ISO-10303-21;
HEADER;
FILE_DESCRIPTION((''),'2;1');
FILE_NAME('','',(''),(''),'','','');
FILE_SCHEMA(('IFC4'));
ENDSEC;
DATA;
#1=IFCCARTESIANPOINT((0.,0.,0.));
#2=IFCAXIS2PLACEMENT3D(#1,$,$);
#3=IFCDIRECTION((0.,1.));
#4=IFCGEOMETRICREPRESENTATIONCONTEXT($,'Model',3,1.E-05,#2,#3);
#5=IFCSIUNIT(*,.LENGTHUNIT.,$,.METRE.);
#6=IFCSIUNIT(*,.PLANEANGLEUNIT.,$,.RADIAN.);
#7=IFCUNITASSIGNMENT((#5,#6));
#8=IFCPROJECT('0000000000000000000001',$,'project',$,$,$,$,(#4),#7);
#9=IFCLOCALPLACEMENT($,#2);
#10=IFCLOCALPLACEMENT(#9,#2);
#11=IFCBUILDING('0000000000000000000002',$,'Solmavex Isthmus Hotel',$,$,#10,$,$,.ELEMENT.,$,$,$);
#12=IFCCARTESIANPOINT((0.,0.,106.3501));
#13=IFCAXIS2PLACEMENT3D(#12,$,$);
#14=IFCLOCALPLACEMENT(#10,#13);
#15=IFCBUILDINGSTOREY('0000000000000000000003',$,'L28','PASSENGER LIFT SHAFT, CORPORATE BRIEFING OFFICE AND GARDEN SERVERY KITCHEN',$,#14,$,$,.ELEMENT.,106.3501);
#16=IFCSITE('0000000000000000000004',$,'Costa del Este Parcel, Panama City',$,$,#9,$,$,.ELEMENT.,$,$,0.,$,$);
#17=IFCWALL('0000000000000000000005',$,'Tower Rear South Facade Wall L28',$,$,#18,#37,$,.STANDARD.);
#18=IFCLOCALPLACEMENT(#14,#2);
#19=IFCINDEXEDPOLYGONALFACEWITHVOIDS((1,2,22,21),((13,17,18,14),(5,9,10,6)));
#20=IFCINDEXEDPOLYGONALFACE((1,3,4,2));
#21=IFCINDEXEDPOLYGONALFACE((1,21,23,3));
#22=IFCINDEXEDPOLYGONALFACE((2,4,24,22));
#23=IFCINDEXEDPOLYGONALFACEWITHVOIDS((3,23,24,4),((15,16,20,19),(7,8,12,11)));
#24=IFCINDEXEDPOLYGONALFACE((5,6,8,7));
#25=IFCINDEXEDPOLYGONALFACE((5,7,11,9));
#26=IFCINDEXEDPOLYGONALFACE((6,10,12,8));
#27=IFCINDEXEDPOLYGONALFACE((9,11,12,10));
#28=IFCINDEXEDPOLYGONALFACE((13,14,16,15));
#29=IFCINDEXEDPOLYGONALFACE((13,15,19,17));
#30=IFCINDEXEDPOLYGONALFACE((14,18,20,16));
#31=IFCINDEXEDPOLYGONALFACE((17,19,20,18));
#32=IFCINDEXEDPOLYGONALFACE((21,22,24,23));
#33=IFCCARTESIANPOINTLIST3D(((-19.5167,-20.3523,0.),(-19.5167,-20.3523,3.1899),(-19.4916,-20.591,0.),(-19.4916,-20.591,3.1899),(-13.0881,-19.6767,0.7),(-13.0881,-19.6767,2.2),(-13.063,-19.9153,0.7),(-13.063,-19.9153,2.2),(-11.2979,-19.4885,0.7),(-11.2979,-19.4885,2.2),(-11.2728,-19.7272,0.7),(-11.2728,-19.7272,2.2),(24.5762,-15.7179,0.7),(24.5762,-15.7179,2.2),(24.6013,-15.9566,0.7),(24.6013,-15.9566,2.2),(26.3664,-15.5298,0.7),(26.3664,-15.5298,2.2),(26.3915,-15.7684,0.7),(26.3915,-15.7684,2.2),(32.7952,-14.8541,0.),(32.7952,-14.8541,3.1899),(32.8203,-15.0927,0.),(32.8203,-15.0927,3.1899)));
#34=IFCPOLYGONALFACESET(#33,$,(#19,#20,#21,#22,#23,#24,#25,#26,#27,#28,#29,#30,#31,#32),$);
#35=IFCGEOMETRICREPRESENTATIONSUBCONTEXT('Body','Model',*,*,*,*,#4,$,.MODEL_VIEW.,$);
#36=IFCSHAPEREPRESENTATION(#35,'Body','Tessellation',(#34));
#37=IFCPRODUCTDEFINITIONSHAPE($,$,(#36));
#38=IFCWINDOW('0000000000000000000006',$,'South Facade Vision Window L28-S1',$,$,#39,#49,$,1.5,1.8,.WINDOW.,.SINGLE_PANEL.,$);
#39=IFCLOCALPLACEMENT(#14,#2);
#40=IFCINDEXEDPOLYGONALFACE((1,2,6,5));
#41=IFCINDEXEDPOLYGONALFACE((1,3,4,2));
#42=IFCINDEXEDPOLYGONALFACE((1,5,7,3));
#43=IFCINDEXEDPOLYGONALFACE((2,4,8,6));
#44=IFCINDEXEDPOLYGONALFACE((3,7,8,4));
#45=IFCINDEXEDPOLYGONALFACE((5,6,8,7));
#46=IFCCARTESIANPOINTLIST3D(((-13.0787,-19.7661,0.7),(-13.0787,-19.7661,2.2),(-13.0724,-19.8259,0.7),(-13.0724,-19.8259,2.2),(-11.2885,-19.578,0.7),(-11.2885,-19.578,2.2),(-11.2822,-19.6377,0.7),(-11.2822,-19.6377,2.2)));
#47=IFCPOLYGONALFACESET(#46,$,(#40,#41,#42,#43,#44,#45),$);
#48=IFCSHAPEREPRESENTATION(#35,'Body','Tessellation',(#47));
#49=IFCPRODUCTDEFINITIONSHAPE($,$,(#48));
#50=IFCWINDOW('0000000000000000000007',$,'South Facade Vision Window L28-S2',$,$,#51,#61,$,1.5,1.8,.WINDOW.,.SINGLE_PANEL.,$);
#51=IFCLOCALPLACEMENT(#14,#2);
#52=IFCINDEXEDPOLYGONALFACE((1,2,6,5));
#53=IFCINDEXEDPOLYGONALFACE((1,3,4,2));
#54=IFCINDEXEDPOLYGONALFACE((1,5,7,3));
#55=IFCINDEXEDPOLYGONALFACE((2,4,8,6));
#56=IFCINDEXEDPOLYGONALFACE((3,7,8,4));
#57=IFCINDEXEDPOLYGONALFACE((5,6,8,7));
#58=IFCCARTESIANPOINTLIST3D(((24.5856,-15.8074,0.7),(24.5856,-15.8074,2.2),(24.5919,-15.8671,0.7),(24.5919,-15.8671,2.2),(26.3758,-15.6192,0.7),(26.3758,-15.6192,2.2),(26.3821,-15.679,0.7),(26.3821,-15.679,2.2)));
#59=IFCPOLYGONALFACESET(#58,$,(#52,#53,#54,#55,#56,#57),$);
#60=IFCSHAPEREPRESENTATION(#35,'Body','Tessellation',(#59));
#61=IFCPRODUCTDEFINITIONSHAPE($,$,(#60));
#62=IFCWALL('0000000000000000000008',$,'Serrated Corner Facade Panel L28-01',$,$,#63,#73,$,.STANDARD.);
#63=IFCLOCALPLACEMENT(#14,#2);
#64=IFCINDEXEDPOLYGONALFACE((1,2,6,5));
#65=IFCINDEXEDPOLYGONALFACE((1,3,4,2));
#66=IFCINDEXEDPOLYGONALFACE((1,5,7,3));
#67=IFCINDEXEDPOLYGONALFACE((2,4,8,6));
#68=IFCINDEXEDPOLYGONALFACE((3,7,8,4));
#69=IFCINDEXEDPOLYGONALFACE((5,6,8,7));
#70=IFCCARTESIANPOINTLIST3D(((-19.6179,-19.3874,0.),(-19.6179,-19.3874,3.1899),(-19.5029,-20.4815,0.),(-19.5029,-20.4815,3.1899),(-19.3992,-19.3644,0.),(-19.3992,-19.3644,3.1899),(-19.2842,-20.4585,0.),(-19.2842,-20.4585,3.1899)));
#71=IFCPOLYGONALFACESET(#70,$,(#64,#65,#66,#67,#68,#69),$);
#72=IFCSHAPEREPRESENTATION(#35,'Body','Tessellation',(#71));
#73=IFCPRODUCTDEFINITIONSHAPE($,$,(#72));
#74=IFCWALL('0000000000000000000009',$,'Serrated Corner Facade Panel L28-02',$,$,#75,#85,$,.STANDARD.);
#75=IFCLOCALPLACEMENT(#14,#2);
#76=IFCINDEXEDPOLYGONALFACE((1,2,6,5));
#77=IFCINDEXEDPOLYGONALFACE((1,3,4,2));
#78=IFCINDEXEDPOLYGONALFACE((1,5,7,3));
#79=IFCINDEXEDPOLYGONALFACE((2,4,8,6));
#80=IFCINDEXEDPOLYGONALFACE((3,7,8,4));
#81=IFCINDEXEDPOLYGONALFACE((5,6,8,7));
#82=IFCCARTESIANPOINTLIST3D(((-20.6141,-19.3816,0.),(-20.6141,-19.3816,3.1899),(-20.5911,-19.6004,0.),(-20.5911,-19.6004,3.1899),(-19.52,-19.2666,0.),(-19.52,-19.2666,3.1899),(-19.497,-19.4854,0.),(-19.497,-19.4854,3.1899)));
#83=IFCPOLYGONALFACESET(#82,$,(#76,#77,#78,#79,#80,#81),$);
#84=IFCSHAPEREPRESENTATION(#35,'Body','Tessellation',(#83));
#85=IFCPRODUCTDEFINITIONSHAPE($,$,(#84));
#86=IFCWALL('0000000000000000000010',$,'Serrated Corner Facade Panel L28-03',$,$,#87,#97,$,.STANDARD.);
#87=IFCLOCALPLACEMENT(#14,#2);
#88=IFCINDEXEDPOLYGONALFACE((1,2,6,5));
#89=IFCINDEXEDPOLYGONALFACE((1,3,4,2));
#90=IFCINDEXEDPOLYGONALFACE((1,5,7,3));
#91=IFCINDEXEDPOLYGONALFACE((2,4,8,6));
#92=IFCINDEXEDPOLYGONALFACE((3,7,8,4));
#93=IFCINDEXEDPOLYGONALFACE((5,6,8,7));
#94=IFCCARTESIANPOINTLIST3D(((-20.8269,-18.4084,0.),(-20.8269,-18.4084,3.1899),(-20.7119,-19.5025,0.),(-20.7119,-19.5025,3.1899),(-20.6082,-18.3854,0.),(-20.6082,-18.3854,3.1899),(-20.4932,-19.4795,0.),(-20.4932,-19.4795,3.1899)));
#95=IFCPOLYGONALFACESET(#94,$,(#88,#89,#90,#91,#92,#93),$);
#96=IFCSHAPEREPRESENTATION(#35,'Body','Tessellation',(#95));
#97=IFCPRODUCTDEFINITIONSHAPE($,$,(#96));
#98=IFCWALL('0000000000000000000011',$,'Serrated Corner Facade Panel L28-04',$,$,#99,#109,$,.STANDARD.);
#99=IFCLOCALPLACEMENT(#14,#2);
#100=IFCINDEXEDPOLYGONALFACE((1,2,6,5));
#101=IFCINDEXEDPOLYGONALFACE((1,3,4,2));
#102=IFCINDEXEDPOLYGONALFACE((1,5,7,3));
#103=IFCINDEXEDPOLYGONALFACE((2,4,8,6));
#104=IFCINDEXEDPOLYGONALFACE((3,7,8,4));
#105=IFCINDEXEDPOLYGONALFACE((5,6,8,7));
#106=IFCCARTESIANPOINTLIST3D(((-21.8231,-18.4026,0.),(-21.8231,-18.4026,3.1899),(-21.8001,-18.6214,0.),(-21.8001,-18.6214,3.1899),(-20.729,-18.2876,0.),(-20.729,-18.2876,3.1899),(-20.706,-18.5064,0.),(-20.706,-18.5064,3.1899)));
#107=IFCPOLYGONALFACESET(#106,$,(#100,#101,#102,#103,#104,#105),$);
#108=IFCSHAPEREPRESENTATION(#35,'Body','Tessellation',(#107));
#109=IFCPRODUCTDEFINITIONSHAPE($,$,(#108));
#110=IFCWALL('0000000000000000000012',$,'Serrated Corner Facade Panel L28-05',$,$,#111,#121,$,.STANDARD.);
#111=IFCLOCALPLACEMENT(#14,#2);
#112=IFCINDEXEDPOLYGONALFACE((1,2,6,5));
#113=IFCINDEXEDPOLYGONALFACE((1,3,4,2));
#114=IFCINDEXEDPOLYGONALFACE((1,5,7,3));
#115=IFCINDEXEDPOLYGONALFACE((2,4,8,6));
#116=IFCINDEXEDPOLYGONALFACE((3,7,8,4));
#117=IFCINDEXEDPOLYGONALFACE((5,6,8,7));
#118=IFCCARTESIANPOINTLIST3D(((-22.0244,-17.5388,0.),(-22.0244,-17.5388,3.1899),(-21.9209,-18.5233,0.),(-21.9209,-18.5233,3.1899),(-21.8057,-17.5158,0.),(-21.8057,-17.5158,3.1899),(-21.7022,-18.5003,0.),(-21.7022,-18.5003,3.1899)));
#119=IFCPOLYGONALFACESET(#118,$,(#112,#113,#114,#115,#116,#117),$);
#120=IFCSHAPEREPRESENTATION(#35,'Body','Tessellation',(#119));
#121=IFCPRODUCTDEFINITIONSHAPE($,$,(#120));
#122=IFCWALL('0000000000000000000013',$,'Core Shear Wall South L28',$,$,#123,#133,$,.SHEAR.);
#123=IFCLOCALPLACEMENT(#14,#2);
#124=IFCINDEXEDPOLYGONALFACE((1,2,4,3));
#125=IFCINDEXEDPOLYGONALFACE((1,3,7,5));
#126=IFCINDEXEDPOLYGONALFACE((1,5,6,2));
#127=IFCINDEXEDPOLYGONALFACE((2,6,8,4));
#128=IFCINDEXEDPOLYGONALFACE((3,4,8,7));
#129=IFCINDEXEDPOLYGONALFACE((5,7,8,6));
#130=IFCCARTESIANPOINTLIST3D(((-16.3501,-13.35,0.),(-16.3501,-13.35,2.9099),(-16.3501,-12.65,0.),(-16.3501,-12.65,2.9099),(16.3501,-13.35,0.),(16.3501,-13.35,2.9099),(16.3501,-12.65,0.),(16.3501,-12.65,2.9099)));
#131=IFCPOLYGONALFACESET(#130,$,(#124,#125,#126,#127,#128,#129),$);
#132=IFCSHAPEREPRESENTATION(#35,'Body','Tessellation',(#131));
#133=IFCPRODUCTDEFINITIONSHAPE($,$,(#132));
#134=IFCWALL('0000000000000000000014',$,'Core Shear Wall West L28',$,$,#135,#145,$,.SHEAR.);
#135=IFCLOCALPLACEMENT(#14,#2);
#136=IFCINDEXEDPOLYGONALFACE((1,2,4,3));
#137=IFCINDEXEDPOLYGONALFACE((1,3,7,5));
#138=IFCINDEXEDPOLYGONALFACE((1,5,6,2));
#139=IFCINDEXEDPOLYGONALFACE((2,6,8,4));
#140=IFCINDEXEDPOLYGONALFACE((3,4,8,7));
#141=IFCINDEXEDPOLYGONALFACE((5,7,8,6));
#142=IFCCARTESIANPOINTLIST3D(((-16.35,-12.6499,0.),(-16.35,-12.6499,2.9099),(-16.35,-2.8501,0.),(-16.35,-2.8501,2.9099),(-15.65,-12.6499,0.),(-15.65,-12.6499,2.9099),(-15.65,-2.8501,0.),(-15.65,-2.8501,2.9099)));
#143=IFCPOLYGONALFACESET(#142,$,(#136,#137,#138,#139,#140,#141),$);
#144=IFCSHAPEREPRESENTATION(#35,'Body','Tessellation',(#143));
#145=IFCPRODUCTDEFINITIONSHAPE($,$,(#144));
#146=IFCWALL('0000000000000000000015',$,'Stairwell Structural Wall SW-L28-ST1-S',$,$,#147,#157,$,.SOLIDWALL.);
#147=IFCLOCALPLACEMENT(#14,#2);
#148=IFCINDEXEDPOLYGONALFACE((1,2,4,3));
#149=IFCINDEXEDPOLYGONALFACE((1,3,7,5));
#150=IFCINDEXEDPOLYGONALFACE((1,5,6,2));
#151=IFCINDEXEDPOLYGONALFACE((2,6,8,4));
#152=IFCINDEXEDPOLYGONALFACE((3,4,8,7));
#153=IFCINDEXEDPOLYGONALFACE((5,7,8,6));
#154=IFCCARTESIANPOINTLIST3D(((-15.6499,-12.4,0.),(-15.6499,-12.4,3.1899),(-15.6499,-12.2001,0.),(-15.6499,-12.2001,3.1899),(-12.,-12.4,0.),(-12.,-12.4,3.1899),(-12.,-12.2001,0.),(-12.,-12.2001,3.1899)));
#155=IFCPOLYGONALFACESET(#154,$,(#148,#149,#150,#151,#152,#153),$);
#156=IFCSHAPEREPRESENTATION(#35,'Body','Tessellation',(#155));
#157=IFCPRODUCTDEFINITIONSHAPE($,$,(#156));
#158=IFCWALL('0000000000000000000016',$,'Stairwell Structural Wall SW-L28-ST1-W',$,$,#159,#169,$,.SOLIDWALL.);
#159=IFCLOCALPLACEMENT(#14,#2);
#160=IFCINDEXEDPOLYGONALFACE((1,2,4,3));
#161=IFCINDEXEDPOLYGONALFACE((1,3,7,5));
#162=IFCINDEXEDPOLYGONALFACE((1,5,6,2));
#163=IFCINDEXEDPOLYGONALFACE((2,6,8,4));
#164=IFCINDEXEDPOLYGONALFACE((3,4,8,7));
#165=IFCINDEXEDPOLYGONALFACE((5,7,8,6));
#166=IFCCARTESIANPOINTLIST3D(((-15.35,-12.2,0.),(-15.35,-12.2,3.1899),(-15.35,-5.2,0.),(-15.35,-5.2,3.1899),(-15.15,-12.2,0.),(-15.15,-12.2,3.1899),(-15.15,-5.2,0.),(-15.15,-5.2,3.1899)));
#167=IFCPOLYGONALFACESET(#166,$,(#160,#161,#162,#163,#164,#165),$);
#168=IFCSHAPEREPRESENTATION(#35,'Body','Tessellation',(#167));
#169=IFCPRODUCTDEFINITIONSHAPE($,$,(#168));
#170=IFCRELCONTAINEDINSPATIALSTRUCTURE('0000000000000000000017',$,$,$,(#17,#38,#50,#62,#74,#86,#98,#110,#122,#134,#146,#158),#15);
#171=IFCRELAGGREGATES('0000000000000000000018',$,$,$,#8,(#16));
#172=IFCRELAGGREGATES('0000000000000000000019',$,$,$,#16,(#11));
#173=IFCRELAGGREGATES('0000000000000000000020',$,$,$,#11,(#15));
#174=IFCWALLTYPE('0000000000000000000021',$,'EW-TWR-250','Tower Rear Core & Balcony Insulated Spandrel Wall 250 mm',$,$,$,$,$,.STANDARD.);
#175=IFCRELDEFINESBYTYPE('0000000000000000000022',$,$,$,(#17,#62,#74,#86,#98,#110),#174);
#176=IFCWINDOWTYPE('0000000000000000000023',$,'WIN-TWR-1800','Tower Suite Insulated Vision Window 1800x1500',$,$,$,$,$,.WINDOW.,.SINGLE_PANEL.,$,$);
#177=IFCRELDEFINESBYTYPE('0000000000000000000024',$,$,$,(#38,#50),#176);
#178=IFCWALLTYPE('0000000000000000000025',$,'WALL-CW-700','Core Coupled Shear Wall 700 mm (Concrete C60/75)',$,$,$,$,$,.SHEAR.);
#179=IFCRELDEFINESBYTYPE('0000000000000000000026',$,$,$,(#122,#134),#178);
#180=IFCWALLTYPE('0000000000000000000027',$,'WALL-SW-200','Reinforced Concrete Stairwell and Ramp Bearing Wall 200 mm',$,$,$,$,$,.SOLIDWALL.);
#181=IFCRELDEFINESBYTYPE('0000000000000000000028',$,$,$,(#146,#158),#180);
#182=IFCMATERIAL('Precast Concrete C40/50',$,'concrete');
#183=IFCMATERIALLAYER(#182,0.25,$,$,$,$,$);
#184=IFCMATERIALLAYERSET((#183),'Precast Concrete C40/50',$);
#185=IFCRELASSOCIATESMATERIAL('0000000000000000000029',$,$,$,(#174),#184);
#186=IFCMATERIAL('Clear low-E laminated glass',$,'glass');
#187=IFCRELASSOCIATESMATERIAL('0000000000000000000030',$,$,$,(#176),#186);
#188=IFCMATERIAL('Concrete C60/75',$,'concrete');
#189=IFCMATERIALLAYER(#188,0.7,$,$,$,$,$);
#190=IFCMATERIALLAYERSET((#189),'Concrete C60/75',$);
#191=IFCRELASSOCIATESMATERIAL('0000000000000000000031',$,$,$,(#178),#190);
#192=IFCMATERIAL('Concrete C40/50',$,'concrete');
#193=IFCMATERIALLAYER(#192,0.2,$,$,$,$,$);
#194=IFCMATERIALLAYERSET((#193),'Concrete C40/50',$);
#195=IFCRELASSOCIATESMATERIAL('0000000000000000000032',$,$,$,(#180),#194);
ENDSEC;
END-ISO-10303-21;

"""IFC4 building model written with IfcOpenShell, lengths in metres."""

from ifc_helpers import new_model, si_unit, direction, frame, frame_2d, origin, place, context, subcontext, project, spatial, rectangle, extrude, material, layer, layer_set, type_object, element, fill, save


model = new_model("IFC4")

# Units and contexts
model_context = context("Model", 3, precision=1e-05, world=origin(), true_north=direction((0.0, 1.0)))
body_context = subcontext(model_context, "Body", "Model", "MODEL_VIEW")
ifc_project = project(units=[si_unit("LENGTHUNIT", "METRE"), si_unit("PLANEANGLEUNIT", "RADIAN")], contexts=[model_context])

# Site, building, storey
site_placement = place(None, origin())
site = spatial("IfcSite", under=ifc_project, at=site_placement, Name="Costa del Este Parcel, Panama City", CompositionType="ELEMENT", RefElevation=0.0)
building_placement = place(site_placement, origin())
building = spatial("IfcBuilding", under=site, at=building_placement, Name="Solmavex Isthmus Hotel", CompositionType="ELEMENT")
storey_placement = place(building_placement, frame((0.0, 0.0, 106.3501)))
storey = spatial("IfcBuildingStorey", under=building, at=storey_placement, Name="L28", Description="PASSENGER LIFT SHAFT, CORPORATE BRIEFING OFFICE AND GARDEN SERVERY KITCHEN", CompositionType="ELEMENT", Elevation=106.3501)

# Shared definitions
ifc_material_1 = material(Name="Concrete C60/75", Category="concrete")

# Shared definitions
ifc_material_2 = material(Name="Clear low-E laminated glass", Category="glass")

# Wall, openings, windows
ifc_material_3 = material(Name="Precast Concrete C40/50", Category="concrete")
ifc_layer_1 = layer(ifc_material_3, 0.25)
ifc_layer_set_1 = layer_set([ifc_layer_1], Name="Precast Concrete C40/50")
wall_type_1 = type_object("IfcWallType", Name="EW-TWR-250", Description="Tower Rear Core & Balcony Insulated Spandrel Wall 250 mm", PredefinedType="STANDARD", material=ifc_layer_set_1)
wall_1_placement = place(storey_placement, frame((-19.5042, -20.4717, 0.0), z_axis=(0.0, 0.0, 1.0), x_axis=(0.994522, 0.10453, 0.0)))
wall_1 = element("IfcWall", 1, at=wall_1_placement, inside=storey, type_object=wall_type_1, Name="Tower Rear South Facade Wall L28", PredefinedType="STANDARD", context=body_context, shape_type="SweptSolid", body=[
    extrude(rectangle(XDim=52.6001, YDim=0.24, at=frame_2d((26.3, 0.0))), origin(), (0.0, 0.0, 1.0), 3.1899),
])
opening_1_placement = place(wall_1_placement, frame((6.4641, 0.0, 0.7)))
opening_1 = element("IfcOpeningElement", 2, at=opening_1_placement, cuts=wall_1, PredefinedType="OPENING", context=body_context, shape_type="SweptSolid", body=[
    extrude(rectangle(XDim=1.8, YDim=1.5, at=frame_2d((0.8999, 0.75))), frame((0.0, 0.1299, 0.0), z_axis=(0.0, -1.0, 0.0), x_axis=(1.0, 0.0, 0.0)), (0.0, 0.0, 1.0), 0.26),
])
opening_2_placement = place(wall_1_placement, frame((44.3359, 0.0, 0.7)))
opening_2 = element("IfcOpeningElement", 3, at=opening_2_placement, cuts=wall_1, PredefinedType="OPENING", context=body_context, shape_type="SweptSolid", body=[
    extrude(rectangle(XDim=1.8, YDim=1.5, at=frame_2d((0.8999, 0.75))), frame((0.0, 0.1299, 0.0), z_axis=(0.0, -1.0, 0.0), x_axis=(1.0, 0.0, 0.0)), (0.0, 0.0, 1.0), 0.26),
])
window_type = type_object("IfcWindowType", Name="WIN-TWR-1800", Description="Tower Suite Insulated Vision Window 1800x1500", PartitioningType="SINGLE_PANEL", PredefinedType="WINDOW", material=ifc_material_2)
window_1_placement = place(opening_1_placement, origin())
window_1 = element("IfcWindow", 4, at=window_1_placement, inside=storey, type_object=window_type, Name="South Facade Vision Window L28-S1", OverallHeight=1.5, OverallWidth=1.8, PartitioningType="SINGLE_PANEL", PredefinedType="WINDOW", context=body_context, shape_type="SweptSolid", body=[
    extrude(rectangle(XDim=1.8, YDim=1.5, at=frame_2d((0.8999, 0.75))), frame((0.0, 0.03, 0.0), z_axis=(0.0, -1.0, 0.0), x_axis=(1.0, 0.0, 0.0)), (0.0, 0.0, 1.0), 0.0601),
])
fill(opening_1, window_1)
window_2_placement = place(opening_2_placement, origin())
window_2 = element("IfcWindow", 5, at=window_2_placement, inside=storey, type_object=window_type, Name="South Facade Vision Window L28-S2", OverallHeight=1.5, OverallWidth=1.8, PartitioningType="SINGLE_PANEL", PredefinedType="WINDOW", context=body_context, shape_type="SweptSolid", body=[
    extrude(rectangle(XDim=1.8, YDim=1.5, at=frame_2d((0.8999, 0.75))), frame((0.0, 0.03, 0.0), z_axis=(0.0, -1.0, 0.0), x_axis=(1.0, 0.0, 0.0)), (0.0, 0.0, 1.0), 0.0601),
])
fill(opening_2, window_2)

# Walls
for number, where, z_axis, x_axis, name in (
    (6, (-19.3936, -20.47, 0.0), (0.0, 0.0, 1.0), (-0.104535, 0.994521, 0.0), "Serrated Corner Facade Panel L28-01"),
    (7, (-19.5085, -19.376, 0.0), (0.0, 0.0, 1.0), (-0.994521, -0.104535, 0.0), "Serrated Corner Facade Panel L28-02"),
    (8, (-20.6025, -19.491, 0.0), (0.0, 0.0, 1.0), (-0.104535, 0.994521, 0.0), "Serrated Corner Facade Panel L28-03"),
    (9, (-20.7175, -18.397, 0.0), (0.0, 0.0, 1.0), (-0.994521, -0.104535, 0.0), "Serrated Corner Facade Panel L28-04"),
):
    element("IfcWall", number, at=place(storey_placement, frame(where, z_axis=z_axis, x_axis=x_axis)), inside=storey, type_object=wall_type_1, Name=name, PredefinedType="STANDARD", context=body_context, shape_type="SweptSolid", body=[
        extrude(rectangle(XDim=1.1001, YDim=0.22, at=frame_2d((0.55, 0.0))), origin(), (0.0, 0.0, 1.0), 3.1899),
    ])
wall_2_placement = place(storey_placement, frame((-21.8115, -18.512, 0.0), z_axis=(0.0, 0.0, 1.0), x_axis=(-0.104556, 0.994519, 0.0)))
element("IfcWall", 10, at=wall_2_placement, inside=storey, type_object=wall_type_1, Name="Serrated Corner Facade Panel L28-05", PredefinedType="STANDARD", context=body_context, shape_type="SweptSolid", body=[
    extrude(rectangle(XDim=0.99, YDim=0.22, at=frame_2d((0.4951, 0.0))), origin(), (0.0, 0.0, 1.0), 3.1899),
])
ifc_layer_2 = layer(ifc_material_1, 0.7)
ifc_layer_set_2 = layer_set([ifc_layer_2], Name="Concrete C60/75")
wall_type_2 = type_object("IfcWallType", Name="WALL-CW-700", Description="Core Coupled Shear Wall 700 mm (Concrete C60/75)", PredefinedType="SHEAR", material=ifc_layer_set_2)
wall_3_placement = place(storey_placement, frame((-16.3501, -13.0, 0.0), z_axis=(0.0, 0.0, 1.0), x_axis=(1.0, 0.0, 0.0)))
element("IfcWall", 11, at=wall_3_placement, inside=storey, type_object=wall_type_2, Name="Core Shear Wall South L28", PredefinedType="SHEAR", context=body_context, shape_type="SweptSolid", body=[
    extrude(rectangle(XDim=32.7002, YDim=0.7, at=frame_2d((16.3501, 0.0))), origin(), (0.0, 0.0, 1.0), 2.9099),
])
wall_4_placement = place(storey_placement, frame((-16.0, -12.6499, 0.0), z_axis=(0.0, 0.0, 1.0), x_axis=(0.0, 1.0, 0.0)))
element("IfcWall", 12, at=wall_4_placement, inside=storey, type_object=wall_type_2, Name="Core Shear Wall West L28", PredefinedType="SHEAR", context=body_context, shape_type="SweptSolid", body=[
    extrude(rectangle(XDim=9.7998, YDim=0.7, at=frame_2d((4.8999, 0.0))), origin(), (0.0, 0.0, 1.0), 2.9099),
])
ifc_material_4 = material(Name="Concrete C40/50", Category="concrete")
ifc_layer_3 = layer(ifc_material_4, 0.2)
ifc_layer_set_3 = layer_set([ifc_layer_3], Name="Concrete C40/50")
wall_type_3 = type_object("IfcWallType", Name="WALL-SW-200", Description="Reinforced Concrete Stairwell and Ramp Bearing Wall 200 mm", PredefinedType="SOLIDWALL", material=ifc_layer_set_3)
wall_5_placement = place(storey_placement, frame((-15.6499, -12.3, 0.0), z_axis=(0.0, 0.0, 1.0), x_axis=(1.0, 0.0, 0.0)))
element("IfcWall", 13, at=wall_5_placement, inside=storey, type_object=wall_type_3, Name="Stairwell Structural Wall SW-L28-ST1-S", PredefinedType="SOLIDWALL", context=body_context, shape_type="SweptSolid", body=[
    extrude(rectangle(XDim=3.6499, YDim=0.2, at=frame_2d((1.825, 0.0))), origin(), (0.0, 0.0, 1.0), 3.1899),
])
wall_6_placement = place(storey_placement, frame((-15.25, -12.2, 0.0), z_axis=(0.0, 0.0, 1.0), x_axis=(0.0, 1.0, 0.0)))
element("IfcWall", 14, at=wall_6_placement, inside=storey, type_object=wall_type_3, Name="Stairwell Structural Wall SW-L28-ST1-W", PredefinedType="SOLIDWALL", context=body_context, shape_type="SweptSolid", body=[
    extrude(rectangle(XDim=7.0, YDim=0.2, at=frame_2d((3.5, 0.0))), origin(), (0.0, 0.0, 1.0), 3.1899),
])

save(model, "model.ifc")
